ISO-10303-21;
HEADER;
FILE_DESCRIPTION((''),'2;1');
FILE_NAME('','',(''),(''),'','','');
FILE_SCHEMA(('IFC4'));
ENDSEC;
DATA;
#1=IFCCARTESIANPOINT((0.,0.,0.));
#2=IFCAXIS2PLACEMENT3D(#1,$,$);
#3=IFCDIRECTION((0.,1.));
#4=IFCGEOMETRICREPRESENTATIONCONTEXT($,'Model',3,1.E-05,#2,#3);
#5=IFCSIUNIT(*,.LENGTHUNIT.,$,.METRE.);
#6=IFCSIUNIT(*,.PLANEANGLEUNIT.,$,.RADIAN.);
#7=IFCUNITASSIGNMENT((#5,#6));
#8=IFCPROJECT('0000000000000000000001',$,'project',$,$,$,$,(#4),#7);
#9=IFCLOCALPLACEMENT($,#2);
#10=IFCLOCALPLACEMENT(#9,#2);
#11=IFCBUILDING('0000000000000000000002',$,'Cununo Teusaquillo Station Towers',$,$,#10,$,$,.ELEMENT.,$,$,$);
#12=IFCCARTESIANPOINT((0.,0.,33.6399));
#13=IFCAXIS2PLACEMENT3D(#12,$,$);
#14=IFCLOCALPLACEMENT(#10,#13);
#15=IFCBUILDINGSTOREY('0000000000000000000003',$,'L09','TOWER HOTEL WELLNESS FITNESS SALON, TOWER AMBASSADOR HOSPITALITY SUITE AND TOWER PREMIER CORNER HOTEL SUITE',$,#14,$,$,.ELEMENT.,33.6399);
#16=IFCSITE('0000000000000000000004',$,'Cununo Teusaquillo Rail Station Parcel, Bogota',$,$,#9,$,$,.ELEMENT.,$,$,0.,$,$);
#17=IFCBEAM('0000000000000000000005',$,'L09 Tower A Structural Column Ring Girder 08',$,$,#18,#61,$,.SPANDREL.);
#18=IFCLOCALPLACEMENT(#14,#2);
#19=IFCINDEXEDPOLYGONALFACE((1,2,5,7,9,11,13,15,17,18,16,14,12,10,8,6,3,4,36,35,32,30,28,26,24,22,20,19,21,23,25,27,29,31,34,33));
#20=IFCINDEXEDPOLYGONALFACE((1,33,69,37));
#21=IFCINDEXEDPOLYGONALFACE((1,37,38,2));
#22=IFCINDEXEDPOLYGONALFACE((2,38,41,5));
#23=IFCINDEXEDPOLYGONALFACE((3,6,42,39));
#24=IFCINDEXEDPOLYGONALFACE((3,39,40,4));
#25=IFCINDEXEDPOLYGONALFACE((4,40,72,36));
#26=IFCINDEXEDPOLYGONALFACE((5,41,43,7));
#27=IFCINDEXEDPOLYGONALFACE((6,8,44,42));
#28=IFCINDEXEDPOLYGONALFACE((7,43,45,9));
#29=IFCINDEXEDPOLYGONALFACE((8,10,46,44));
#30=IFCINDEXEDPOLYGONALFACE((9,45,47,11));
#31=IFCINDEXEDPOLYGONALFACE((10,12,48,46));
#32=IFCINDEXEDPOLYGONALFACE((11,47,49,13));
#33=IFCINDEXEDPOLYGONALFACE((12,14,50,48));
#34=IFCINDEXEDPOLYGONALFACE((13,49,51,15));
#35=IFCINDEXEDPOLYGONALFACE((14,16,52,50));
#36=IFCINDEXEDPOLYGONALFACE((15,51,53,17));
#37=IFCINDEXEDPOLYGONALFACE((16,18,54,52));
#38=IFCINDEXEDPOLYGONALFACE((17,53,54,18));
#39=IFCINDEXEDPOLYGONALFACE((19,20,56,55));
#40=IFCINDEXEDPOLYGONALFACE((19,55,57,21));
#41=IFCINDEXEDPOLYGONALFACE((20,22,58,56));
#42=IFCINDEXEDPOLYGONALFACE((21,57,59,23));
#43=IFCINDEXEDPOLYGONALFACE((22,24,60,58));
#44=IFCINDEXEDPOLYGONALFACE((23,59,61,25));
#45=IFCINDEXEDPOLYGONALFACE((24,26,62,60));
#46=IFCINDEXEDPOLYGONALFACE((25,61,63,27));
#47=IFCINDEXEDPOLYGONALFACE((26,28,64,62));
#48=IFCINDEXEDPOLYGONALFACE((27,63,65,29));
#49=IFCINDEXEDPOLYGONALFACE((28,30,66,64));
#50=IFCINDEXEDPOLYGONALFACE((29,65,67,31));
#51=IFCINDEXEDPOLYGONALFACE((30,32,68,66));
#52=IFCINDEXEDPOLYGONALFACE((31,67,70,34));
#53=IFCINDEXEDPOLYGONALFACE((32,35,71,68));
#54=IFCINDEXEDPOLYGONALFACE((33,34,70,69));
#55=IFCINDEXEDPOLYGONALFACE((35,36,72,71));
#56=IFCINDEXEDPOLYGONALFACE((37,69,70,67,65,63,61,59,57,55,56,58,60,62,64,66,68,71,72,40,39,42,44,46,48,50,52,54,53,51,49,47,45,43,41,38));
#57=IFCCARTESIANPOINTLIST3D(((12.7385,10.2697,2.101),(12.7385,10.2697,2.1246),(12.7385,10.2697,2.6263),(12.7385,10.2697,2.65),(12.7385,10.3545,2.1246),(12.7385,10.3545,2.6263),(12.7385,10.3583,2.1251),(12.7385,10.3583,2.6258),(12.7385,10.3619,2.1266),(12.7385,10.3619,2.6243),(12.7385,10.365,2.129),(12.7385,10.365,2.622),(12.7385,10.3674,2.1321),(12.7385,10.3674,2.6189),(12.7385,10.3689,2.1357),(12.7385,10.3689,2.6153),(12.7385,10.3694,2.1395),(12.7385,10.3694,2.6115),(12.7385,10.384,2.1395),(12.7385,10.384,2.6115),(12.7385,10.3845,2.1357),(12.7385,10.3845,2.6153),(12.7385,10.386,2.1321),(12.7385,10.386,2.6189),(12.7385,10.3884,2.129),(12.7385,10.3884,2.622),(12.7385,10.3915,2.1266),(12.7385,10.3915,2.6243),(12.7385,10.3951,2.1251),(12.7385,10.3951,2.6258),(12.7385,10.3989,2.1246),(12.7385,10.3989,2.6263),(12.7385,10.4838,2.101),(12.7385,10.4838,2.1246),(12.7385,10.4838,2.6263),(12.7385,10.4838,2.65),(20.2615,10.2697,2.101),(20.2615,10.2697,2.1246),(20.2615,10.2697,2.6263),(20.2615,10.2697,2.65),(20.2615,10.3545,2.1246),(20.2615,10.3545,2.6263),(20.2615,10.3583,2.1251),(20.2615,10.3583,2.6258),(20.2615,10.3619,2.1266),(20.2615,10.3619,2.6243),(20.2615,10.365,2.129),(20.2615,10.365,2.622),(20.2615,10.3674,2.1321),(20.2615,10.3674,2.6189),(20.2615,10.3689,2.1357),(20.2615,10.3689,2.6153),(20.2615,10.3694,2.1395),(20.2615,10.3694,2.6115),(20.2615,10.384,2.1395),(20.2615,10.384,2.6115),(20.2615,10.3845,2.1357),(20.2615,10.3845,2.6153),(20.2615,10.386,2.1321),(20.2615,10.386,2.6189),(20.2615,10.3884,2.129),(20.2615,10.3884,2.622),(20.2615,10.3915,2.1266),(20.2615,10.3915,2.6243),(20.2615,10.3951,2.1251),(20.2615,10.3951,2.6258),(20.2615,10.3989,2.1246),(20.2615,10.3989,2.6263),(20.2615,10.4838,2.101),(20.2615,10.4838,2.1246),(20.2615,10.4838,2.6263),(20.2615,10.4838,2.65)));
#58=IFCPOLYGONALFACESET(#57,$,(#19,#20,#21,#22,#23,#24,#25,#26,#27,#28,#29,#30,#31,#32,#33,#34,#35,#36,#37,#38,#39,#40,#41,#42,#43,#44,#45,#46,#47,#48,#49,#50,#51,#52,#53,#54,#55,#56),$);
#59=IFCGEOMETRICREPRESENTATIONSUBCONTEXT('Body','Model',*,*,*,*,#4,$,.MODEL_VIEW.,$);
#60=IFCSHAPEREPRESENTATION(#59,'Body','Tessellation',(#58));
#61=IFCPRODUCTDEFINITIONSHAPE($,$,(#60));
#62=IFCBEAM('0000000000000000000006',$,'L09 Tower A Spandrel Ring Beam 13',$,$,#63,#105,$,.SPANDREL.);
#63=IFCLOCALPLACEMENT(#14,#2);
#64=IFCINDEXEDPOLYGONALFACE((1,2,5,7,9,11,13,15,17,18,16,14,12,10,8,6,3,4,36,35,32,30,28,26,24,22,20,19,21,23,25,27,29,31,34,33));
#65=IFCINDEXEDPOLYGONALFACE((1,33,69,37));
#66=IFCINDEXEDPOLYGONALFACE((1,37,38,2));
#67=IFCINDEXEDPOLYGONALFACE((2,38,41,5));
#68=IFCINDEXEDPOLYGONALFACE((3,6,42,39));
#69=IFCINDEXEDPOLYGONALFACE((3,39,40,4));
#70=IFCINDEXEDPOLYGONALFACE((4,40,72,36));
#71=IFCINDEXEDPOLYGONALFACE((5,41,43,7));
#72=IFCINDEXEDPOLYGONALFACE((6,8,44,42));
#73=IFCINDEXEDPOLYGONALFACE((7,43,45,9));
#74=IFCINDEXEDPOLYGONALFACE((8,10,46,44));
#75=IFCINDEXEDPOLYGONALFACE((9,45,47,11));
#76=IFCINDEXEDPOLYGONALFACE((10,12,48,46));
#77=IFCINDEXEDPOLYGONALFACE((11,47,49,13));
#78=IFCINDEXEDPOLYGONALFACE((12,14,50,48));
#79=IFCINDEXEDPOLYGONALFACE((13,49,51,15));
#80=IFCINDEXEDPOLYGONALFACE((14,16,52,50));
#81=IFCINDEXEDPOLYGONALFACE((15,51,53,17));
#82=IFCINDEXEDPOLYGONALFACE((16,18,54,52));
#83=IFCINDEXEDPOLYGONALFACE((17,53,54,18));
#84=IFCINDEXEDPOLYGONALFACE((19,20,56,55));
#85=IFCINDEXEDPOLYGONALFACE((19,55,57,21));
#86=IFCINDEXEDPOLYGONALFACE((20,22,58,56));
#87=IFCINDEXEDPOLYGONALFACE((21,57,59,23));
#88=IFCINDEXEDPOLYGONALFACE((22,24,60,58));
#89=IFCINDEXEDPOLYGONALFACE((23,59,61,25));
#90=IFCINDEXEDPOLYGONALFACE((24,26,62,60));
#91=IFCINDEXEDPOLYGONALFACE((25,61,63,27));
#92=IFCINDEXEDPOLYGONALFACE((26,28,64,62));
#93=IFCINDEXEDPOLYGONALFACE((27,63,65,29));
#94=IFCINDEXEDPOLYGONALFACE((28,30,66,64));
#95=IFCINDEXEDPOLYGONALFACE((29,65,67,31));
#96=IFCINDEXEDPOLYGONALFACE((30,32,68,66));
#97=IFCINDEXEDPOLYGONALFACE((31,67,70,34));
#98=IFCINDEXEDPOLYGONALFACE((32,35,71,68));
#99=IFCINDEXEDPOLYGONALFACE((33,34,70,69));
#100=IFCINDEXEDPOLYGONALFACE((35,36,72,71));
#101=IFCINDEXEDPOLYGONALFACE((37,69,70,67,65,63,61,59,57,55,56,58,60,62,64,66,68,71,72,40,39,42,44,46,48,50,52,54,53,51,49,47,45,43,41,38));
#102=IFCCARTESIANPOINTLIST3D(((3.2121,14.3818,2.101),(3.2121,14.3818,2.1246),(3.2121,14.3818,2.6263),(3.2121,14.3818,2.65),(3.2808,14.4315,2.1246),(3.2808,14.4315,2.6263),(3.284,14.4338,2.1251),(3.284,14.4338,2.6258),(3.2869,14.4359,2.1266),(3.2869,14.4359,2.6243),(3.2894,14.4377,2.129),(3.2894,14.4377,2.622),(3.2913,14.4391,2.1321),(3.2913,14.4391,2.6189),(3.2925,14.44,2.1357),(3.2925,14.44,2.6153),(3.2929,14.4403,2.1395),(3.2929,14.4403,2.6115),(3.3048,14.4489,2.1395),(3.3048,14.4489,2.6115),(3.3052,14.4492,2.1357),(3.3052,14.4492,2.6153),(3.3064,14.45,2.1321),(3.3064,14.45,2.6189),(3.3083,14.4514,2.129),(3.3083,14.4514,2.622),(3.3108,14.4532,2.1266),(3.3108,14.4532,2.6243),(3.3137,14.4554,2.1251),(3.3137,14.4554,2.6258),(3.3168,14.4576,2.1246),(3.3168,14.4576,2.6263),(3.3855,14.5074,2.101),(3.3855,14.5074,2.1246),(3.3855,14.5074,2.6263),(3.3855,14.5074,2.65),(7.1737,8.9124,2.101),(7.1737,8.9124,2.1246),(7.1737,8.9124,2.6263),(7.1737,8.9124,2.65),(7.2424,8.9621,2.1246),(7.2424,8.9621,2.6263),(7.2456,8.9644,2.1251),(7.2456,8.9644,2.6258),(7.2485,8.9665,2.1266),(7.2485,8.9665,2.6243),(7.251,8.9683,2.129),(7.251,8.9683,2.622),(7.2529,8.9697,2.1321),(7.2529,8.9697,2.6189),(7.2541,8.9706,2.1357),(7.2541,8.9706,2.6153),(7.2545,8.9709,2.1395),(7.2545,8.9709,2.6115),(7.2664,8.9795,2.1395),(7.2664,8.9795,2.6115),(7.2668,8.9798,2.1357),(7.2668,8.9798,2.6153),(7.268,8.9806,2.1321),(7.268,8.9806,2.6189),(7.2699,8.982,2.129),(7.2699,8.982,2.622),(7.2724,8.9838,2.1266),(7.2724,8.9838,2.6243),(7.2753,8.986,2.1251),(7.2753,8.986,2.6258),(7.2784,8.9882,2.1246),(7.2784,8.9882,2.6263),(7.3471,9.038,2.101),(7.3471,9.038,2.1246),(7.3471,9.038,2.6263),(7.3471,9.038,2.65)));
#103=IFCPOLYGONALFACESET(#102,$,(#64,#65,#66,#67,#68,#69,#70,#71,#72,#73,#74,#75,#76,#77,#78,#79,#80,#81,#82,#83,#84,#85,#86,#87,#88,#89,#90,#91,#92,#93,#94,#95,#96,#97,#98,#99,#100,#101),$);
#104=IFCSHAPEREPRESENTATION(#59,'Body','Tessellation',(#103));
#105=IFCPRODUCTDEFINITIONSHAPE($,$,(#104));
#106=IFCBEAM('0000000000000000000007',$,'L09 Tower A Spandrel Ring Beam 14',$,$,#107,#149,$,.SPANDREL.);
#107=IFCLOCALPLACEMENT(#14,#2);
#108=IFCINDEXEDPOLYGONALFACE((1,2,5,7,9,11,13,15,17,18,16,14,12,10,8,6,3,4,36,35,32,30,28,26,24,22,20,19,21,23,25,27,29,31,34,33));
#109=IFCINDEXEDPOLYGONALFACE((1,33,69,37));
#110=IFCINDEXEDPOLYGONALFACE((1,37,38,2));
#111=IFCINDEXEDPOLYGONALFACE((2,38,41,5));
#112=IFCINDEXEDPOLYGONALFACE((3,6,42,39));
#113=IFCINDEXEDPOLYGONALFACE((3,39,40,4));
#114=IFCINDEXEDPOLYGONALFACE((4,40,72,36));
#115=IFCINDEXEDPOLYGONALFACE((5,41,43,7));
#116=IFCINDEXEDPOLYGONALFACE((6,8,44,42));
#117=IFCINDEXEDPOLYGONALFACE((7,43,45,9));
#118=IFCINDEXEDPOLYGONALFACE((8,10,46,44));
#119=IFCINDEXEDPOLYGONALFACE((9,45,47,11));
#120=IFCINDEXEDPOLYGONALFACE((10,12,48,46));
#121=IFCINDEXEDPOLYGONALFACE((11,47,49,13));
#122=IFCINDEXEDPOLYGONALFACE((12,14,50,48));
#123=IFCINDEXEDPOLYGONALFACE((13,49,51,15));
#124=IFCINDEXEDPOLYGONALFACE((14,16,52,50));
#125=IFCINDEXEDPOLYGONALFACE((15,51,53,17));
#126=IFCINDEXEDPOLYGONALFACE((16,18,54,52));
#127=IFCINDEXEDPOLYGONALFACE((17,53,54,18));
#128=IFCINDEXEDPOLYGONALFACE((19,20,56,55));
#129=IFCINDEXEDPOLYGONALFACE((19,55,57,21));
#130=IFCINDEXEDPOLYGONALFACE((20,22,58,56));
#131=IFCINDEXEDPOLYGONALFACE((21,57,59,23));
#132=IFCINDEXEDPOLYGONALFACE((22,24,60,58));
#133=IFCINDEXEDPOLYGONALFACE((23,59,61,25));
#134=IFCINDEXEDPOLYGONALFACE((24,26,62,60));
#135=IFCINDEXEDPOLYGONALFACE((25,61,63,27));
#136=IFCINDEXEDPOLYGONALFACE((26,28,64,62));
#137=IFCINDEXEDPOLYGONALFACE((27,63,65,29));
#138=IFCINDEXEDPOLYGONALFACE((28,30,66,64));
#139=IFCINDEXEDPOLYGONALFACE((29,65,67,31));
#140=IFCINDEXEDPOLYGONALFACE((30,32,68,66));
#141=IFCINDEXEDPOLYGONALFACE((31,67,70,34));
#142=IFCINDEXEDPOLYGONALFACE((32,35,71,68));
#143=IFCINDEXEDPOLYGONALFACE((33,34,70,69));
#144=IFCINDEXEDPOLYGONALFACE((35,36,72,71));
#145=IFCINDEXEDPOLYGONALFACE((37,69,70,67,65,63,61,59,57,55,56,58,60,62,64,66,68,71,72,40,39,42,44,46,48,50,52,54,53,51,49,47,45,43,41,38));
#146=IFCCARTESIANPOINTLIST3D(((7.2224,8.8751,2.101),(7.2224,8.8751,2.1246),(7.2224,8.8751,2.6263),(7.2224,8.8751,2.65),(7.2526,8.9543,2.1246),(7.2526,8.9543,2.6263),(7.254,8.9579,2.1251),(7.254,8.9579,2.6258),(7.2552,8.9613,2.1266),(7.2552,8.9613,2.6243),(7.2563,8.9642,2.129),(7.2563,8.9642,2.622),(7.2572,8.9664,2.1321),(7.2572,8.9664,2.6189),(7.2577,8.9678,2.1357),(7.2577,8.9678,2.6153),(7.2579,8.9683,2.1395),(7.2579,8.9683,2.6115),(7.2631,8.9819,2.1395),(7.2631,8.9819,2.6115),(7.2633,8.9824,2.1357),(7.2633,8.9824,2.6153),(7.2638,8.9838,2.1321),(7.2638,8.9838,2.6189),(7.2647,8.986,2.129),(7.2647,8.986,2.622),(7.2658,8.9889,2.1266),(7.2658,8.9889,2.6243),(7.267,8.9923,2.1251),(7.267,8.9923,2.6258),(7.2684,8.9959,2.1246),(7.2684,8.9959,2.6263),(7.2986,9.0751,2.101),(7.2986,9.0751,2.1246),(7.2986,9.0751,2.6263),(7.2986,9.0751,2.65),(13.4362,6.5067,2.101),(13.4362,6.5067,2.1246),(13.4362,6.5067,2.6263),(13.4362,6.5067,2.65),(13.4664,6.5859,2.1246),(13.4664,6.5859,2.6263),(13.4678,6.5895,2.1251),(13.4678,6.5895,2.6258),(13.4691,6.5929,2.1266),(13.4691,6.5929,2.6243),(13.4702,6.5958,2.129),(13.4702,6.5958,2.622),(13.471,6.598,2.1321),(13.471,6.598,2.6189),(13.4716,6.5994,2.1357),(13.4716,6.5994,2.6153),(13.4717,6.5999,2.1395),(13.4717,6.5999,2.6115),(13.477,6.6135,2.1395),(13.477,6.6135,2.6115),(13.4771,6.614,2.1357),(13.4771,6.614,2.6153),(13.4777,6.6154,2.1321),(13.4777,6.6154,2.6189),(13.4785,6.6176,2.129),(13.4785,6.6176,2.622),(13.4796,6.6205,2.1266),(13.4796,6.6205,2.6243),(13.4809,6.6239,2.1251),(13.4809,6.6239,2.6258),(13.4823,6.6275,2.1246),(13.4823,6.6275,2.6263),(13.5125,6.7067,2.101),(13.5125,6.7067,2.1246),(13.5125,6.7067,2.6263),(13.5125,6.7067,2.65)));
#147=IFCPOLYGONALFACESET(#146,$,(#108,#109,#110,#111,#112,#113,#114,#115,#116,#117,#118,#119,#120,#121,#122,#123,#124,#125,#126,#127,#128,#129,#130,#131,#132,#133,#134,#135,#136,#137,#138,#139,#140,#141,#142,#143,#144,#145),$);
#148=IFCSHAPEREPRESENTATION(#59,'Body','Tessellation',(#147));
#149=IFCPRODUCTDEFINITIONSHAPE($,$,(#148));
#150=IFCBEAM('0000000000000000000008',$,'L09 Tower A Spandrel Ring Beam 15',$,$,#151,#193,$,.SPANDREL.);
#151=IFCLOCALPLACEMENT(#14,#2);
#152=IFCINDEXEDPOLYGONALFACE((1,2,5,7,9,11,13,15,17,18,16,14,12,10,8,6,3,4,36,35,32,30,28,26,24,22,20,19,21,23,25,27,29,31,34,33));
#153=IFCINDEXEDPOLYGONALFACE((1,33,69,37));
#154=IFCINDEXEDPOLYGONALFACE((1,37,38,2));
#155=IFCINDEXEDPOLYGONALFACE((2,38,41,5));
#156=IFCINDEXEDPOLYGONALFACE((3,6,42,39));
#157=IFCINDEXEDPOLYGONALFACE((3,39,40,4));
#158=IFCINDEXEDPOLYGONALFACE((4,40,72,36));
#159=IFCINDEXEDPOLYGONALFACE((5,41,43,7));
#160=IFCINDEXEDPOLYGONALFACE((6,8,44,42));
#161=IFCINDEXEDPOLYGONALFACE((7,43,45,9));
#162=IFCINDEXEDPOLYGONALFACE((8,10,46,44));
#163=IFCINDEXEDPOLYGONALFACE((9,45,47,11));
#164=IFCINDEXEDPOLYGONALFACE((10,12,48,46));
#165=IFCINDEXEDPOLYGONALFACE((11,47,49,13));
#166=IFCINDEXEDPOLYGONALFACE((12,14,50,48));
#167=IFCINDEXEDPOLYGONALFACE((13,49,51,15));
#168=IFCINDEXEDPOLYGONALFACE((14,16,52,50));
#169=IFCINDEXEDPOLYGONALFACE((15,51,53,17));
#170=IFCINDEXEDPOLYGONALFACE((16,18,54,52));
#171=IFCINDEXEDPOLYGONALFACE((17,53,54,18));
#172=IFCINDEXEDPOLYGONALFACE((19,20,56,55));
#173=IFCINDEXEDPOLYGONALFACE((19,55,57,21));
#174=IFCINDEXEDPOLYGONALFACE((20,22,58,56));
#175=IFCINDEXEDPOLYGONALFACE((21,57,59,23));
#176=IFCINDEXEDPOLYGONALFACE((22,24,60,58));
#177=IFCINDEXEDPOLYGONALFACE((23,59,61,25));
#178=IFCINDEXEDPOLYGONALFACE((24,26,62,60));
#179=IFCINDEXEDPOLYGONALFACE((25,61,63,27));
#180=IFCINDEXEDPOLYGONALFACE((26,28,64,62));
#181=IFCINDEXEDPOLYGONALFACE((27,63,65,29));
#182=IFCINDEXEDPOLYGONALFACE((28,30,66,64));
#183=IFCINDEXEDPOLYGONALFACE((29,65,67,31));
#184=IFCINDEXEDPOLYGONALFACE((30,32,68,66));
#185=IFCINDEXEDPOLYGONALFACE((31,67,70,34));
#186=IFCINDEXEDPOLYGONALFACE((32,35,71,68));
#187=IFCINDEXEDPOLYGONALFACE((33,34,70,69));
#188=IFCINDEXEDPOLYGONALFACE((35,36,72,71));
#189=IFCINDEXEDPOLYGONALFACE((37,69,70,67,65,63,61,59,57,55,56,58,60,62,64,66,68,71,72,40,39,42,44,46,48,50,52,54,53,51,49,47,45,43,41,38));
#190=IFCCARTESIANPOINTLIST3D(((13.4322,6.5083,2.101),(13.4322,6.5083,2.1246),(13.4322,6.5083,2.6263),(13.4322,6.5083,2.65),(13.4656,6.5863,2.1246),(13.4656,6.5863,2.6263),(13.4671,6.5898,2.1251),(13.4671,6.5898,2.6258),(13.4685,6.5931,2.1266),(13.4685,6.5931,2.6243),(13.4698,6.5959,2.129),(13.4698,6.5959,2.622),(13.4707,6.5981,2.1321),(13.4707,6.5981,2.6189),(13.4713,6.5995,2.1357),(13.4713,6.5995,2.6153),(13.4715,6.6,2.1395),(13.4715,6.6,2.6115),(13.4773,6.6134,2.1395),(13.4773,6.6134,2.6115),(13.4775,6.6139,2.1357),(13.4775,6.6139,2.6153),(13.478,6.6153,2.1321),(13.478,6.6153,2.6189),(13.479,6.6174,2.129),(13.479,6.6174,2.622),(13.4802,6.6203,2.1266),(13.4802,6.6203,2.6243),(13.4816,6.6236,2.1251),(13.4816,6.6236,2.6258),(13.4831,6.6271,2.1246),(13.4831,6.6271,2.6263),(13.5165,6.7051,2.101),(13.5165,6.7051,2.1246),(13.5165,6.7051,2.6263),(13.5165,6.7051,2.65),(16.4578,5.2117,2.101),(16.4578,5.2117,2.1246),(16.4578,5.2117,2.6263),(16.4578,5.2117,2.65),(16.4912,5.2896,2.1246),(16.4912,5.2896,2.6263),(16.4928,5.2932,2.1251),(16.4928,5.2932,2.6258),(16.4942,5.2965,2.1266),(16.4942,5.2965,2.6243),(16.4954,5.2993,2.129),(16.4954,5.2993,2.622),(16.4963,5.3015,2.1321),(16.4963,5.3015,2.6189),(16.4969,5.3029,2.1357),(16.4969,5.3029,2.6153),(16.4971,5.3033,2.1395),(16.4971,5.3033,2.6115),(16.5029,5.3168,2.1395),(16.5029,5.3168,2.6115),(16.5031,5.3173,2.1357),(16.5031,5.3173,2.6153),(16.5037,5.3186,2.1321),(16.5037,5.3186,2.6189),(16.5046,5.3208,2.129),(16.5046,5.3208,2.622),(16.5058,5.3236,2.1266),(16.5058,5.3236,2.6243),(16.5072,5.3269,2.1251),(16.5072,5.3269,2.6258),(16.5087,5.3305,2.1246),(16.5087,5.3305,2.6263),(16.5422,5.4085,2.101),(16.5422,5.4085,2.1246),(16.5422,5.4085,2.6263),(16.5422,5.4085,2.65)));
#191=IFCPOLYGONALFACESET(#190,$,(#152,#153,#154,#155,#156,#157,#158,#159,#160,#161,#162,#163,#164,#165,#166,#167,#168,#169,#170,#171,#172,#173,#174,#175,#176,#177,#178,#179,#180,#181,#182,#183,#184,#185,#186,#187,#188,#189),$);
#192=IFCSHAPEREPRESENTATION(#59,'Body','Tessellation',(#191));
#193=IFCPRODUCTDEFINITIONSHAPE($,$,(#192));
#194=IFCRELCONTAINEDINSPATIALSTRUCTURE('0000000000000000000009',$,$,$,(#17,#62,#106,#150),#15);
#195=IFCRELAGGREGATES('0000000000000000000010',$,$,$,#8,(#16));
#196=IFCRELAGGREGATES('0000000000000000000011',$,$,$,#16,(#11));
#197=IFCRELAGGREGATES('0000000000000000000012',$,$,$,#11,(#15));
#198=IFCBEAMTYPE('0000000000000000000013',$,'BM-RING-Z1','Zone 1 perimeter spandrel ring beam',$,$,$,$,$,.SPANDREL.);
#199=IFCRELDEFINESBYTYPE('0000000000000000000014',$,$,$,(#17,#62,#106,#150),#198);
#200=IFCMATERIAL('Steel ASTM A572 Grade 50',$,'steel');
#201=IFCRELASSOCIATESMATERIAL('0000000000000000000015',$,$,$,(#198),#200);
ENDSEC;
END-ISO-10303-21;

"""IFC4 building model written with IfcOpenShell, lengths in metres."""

from ifc_helpers import new_model, si_unit, direction, frame, origin, origin_2d, place, context, subcontext, project, spatial, i_section, extrude, material, material_profile, profile_set, type_object, element, save


model = new_model("IFC4")

# Units and contexts
model_context = context("Model", 3, precision=1e-05, world=origin(), true_north=direction((0.0, 1.0)))
body_context = subcontext(model_context, "Body", "Model", "MODEL_VIEW")
ifc_project = project(units=[si_unit("LENGTHUNIT", "METRE"), si_unit("PLANEANGLEUNIT", "RADIAN")], contexts=[model_context])

# Site, building, storey
site_placement = place(None, origin())
site = spatial("IfcSite", under=ifc_project, at=site_placement, Name="Cununo Teusaquillo Rail Station Parcel, Bogota", CompositionType="ELEMENT", RefElevation=0.0)
building_placement = place(site_placement, origin())
building = spatial("IfcBuilding", under=site, at=building_placement, Name="Cununo Teusaquillo Station Towers", CompositionType="ELEMENT")
storey_placement = place(building_placement, frame((0.0, 0.0, 33.6399)))
storey = spatial("IfcBuildingStorey", under=building, at=storey_placement, Name="L09", Description="TOWER HOTEL WELLNESS FITNESS SALON, TOWER AMBASSADOR HOSPITALITY SUITE AND TOWER PREMIER CORNER HOTEL SUITE", CompositionType="ELEMENT", Elevation=33.6399)

# Beams
ifc_material_1 = material(Name="Steel ASTM A572 Grade 50", Category="steel")
ifc_material_profile_1 = material_profile(ifc_material_1, i_section(OverallWidth=0.2141, OverallDepth=0.5491, WebThickness=0.0146, FlangeThickness=0.0237, FilletRadius=0.0149, at=origin_2d()), Name="W21X93")
ifc_profile_set_1 = profile_set([ifc_material_profile_1], Name="Steel ASTM A572 Grade 50")
beam_type = type_object("IfcBeamType", Name="BM-RING-Z1", Description="Zone 1 perimeter spandrel ring beam", PredefinedType="SPANDREL", material=ifc_profile_set_1)
beam_1_placement = place(storey_placement, frame((12.7385, 10.3767, 2.3755), z_axis=(1.0, 0.0, 0.0), x_axis=(0.0, 1.0, 0.0)))
element("IfcBeam", 1, at=beam_1_placement, inside=storey, type_object=beam_type, Name="L09 Tower A Structural Column Ring Girder 08", PredefinedType="SPANDREL", context=body_context, shape_type="SweptSolid", body=[
    extrude(i_section(OverallWidth=0.2141, OverallDepth=0.5491, WebThickness=0.0146, FlangeThickness=0.0237, FilletRadius=0.0149, at=origin_2d()), origin(), (0.0, 0.0, 1.0), 7.5229),
])
beam_2_placement = place(storey_placement, frame((3.2988, 14.4446, 2.3755), z_axis=(0.586608, -0.809871, 0.0), x_axis=(0.809871, 0.586608, 0.0)))
element("IfcBeam", 2, at=beam_2_placement, inside=storey, type_object=beam_type, Name="L09 Tower A Spandrel Ring Beam 13", PredefinedType="SPANDREL", context=body_context, shape_type="SweptSolid", body=[
    extrude(i_section(OverallWidth=0.2141, OverallDepth=0.5491, WebThickness=0.0146, FlangeThickness=0.0237, FilletRadius=0.0149, at=origin_2d()), origin(), (0.0, 0.0, 1.0), 6.7534),
])
beam_3_placement = place(storey_placement, frame((7.2605, 8.9751, 2.3755), z_axis=(0.934427, -0.356156, 0.0), x_axis=(0.356156, 0.934427, 0.0)))
element("IfcBeam", 3, at=beam_3_placement, inside=storey, type_object=beam_type, Name="L09 Tower A Spandrel Ring Beam 14", PredefinedType="SPANDREL", context=body_context, shape_type="SweptSolid", body=[
    extrude(i_section(OverallWidth=0.2141, OverallDepth=0.5491, WebThickness=0.0146, FlangeThickness=0.0237, FilletRadius=0.0149, at=origin_2d()), origin(), (0.0, 0.0, 1.0), 6.6499),
])
beam_4_placement = place(storey_placement, frame((13.4744, 6.6067, 2.3755), z_axis=(0.919153, -0.393901, 0.0), x_axis=(0.393901, 0.919153, 0.0)))
element("IfcBeam", 4, at=beam_4_placement, inside=storey, type_object=beam_type, Name="L09 Tower A Spandrel Ring Beam 15", PredefinedType="SPANDREL", context=body_context, shape_type="SweptSolid", body=[
    extrude(i_section(OverallWidth=0.2141, OverallDepth=0.5491, WebThickness=0.0146, FlangeThickness=0.0237, FilletRadius=0.0149, at=origin_2d()), origin(), (0.0, 0.0, 1.0), 3.2917),
])

save(model, "model.ifc")
